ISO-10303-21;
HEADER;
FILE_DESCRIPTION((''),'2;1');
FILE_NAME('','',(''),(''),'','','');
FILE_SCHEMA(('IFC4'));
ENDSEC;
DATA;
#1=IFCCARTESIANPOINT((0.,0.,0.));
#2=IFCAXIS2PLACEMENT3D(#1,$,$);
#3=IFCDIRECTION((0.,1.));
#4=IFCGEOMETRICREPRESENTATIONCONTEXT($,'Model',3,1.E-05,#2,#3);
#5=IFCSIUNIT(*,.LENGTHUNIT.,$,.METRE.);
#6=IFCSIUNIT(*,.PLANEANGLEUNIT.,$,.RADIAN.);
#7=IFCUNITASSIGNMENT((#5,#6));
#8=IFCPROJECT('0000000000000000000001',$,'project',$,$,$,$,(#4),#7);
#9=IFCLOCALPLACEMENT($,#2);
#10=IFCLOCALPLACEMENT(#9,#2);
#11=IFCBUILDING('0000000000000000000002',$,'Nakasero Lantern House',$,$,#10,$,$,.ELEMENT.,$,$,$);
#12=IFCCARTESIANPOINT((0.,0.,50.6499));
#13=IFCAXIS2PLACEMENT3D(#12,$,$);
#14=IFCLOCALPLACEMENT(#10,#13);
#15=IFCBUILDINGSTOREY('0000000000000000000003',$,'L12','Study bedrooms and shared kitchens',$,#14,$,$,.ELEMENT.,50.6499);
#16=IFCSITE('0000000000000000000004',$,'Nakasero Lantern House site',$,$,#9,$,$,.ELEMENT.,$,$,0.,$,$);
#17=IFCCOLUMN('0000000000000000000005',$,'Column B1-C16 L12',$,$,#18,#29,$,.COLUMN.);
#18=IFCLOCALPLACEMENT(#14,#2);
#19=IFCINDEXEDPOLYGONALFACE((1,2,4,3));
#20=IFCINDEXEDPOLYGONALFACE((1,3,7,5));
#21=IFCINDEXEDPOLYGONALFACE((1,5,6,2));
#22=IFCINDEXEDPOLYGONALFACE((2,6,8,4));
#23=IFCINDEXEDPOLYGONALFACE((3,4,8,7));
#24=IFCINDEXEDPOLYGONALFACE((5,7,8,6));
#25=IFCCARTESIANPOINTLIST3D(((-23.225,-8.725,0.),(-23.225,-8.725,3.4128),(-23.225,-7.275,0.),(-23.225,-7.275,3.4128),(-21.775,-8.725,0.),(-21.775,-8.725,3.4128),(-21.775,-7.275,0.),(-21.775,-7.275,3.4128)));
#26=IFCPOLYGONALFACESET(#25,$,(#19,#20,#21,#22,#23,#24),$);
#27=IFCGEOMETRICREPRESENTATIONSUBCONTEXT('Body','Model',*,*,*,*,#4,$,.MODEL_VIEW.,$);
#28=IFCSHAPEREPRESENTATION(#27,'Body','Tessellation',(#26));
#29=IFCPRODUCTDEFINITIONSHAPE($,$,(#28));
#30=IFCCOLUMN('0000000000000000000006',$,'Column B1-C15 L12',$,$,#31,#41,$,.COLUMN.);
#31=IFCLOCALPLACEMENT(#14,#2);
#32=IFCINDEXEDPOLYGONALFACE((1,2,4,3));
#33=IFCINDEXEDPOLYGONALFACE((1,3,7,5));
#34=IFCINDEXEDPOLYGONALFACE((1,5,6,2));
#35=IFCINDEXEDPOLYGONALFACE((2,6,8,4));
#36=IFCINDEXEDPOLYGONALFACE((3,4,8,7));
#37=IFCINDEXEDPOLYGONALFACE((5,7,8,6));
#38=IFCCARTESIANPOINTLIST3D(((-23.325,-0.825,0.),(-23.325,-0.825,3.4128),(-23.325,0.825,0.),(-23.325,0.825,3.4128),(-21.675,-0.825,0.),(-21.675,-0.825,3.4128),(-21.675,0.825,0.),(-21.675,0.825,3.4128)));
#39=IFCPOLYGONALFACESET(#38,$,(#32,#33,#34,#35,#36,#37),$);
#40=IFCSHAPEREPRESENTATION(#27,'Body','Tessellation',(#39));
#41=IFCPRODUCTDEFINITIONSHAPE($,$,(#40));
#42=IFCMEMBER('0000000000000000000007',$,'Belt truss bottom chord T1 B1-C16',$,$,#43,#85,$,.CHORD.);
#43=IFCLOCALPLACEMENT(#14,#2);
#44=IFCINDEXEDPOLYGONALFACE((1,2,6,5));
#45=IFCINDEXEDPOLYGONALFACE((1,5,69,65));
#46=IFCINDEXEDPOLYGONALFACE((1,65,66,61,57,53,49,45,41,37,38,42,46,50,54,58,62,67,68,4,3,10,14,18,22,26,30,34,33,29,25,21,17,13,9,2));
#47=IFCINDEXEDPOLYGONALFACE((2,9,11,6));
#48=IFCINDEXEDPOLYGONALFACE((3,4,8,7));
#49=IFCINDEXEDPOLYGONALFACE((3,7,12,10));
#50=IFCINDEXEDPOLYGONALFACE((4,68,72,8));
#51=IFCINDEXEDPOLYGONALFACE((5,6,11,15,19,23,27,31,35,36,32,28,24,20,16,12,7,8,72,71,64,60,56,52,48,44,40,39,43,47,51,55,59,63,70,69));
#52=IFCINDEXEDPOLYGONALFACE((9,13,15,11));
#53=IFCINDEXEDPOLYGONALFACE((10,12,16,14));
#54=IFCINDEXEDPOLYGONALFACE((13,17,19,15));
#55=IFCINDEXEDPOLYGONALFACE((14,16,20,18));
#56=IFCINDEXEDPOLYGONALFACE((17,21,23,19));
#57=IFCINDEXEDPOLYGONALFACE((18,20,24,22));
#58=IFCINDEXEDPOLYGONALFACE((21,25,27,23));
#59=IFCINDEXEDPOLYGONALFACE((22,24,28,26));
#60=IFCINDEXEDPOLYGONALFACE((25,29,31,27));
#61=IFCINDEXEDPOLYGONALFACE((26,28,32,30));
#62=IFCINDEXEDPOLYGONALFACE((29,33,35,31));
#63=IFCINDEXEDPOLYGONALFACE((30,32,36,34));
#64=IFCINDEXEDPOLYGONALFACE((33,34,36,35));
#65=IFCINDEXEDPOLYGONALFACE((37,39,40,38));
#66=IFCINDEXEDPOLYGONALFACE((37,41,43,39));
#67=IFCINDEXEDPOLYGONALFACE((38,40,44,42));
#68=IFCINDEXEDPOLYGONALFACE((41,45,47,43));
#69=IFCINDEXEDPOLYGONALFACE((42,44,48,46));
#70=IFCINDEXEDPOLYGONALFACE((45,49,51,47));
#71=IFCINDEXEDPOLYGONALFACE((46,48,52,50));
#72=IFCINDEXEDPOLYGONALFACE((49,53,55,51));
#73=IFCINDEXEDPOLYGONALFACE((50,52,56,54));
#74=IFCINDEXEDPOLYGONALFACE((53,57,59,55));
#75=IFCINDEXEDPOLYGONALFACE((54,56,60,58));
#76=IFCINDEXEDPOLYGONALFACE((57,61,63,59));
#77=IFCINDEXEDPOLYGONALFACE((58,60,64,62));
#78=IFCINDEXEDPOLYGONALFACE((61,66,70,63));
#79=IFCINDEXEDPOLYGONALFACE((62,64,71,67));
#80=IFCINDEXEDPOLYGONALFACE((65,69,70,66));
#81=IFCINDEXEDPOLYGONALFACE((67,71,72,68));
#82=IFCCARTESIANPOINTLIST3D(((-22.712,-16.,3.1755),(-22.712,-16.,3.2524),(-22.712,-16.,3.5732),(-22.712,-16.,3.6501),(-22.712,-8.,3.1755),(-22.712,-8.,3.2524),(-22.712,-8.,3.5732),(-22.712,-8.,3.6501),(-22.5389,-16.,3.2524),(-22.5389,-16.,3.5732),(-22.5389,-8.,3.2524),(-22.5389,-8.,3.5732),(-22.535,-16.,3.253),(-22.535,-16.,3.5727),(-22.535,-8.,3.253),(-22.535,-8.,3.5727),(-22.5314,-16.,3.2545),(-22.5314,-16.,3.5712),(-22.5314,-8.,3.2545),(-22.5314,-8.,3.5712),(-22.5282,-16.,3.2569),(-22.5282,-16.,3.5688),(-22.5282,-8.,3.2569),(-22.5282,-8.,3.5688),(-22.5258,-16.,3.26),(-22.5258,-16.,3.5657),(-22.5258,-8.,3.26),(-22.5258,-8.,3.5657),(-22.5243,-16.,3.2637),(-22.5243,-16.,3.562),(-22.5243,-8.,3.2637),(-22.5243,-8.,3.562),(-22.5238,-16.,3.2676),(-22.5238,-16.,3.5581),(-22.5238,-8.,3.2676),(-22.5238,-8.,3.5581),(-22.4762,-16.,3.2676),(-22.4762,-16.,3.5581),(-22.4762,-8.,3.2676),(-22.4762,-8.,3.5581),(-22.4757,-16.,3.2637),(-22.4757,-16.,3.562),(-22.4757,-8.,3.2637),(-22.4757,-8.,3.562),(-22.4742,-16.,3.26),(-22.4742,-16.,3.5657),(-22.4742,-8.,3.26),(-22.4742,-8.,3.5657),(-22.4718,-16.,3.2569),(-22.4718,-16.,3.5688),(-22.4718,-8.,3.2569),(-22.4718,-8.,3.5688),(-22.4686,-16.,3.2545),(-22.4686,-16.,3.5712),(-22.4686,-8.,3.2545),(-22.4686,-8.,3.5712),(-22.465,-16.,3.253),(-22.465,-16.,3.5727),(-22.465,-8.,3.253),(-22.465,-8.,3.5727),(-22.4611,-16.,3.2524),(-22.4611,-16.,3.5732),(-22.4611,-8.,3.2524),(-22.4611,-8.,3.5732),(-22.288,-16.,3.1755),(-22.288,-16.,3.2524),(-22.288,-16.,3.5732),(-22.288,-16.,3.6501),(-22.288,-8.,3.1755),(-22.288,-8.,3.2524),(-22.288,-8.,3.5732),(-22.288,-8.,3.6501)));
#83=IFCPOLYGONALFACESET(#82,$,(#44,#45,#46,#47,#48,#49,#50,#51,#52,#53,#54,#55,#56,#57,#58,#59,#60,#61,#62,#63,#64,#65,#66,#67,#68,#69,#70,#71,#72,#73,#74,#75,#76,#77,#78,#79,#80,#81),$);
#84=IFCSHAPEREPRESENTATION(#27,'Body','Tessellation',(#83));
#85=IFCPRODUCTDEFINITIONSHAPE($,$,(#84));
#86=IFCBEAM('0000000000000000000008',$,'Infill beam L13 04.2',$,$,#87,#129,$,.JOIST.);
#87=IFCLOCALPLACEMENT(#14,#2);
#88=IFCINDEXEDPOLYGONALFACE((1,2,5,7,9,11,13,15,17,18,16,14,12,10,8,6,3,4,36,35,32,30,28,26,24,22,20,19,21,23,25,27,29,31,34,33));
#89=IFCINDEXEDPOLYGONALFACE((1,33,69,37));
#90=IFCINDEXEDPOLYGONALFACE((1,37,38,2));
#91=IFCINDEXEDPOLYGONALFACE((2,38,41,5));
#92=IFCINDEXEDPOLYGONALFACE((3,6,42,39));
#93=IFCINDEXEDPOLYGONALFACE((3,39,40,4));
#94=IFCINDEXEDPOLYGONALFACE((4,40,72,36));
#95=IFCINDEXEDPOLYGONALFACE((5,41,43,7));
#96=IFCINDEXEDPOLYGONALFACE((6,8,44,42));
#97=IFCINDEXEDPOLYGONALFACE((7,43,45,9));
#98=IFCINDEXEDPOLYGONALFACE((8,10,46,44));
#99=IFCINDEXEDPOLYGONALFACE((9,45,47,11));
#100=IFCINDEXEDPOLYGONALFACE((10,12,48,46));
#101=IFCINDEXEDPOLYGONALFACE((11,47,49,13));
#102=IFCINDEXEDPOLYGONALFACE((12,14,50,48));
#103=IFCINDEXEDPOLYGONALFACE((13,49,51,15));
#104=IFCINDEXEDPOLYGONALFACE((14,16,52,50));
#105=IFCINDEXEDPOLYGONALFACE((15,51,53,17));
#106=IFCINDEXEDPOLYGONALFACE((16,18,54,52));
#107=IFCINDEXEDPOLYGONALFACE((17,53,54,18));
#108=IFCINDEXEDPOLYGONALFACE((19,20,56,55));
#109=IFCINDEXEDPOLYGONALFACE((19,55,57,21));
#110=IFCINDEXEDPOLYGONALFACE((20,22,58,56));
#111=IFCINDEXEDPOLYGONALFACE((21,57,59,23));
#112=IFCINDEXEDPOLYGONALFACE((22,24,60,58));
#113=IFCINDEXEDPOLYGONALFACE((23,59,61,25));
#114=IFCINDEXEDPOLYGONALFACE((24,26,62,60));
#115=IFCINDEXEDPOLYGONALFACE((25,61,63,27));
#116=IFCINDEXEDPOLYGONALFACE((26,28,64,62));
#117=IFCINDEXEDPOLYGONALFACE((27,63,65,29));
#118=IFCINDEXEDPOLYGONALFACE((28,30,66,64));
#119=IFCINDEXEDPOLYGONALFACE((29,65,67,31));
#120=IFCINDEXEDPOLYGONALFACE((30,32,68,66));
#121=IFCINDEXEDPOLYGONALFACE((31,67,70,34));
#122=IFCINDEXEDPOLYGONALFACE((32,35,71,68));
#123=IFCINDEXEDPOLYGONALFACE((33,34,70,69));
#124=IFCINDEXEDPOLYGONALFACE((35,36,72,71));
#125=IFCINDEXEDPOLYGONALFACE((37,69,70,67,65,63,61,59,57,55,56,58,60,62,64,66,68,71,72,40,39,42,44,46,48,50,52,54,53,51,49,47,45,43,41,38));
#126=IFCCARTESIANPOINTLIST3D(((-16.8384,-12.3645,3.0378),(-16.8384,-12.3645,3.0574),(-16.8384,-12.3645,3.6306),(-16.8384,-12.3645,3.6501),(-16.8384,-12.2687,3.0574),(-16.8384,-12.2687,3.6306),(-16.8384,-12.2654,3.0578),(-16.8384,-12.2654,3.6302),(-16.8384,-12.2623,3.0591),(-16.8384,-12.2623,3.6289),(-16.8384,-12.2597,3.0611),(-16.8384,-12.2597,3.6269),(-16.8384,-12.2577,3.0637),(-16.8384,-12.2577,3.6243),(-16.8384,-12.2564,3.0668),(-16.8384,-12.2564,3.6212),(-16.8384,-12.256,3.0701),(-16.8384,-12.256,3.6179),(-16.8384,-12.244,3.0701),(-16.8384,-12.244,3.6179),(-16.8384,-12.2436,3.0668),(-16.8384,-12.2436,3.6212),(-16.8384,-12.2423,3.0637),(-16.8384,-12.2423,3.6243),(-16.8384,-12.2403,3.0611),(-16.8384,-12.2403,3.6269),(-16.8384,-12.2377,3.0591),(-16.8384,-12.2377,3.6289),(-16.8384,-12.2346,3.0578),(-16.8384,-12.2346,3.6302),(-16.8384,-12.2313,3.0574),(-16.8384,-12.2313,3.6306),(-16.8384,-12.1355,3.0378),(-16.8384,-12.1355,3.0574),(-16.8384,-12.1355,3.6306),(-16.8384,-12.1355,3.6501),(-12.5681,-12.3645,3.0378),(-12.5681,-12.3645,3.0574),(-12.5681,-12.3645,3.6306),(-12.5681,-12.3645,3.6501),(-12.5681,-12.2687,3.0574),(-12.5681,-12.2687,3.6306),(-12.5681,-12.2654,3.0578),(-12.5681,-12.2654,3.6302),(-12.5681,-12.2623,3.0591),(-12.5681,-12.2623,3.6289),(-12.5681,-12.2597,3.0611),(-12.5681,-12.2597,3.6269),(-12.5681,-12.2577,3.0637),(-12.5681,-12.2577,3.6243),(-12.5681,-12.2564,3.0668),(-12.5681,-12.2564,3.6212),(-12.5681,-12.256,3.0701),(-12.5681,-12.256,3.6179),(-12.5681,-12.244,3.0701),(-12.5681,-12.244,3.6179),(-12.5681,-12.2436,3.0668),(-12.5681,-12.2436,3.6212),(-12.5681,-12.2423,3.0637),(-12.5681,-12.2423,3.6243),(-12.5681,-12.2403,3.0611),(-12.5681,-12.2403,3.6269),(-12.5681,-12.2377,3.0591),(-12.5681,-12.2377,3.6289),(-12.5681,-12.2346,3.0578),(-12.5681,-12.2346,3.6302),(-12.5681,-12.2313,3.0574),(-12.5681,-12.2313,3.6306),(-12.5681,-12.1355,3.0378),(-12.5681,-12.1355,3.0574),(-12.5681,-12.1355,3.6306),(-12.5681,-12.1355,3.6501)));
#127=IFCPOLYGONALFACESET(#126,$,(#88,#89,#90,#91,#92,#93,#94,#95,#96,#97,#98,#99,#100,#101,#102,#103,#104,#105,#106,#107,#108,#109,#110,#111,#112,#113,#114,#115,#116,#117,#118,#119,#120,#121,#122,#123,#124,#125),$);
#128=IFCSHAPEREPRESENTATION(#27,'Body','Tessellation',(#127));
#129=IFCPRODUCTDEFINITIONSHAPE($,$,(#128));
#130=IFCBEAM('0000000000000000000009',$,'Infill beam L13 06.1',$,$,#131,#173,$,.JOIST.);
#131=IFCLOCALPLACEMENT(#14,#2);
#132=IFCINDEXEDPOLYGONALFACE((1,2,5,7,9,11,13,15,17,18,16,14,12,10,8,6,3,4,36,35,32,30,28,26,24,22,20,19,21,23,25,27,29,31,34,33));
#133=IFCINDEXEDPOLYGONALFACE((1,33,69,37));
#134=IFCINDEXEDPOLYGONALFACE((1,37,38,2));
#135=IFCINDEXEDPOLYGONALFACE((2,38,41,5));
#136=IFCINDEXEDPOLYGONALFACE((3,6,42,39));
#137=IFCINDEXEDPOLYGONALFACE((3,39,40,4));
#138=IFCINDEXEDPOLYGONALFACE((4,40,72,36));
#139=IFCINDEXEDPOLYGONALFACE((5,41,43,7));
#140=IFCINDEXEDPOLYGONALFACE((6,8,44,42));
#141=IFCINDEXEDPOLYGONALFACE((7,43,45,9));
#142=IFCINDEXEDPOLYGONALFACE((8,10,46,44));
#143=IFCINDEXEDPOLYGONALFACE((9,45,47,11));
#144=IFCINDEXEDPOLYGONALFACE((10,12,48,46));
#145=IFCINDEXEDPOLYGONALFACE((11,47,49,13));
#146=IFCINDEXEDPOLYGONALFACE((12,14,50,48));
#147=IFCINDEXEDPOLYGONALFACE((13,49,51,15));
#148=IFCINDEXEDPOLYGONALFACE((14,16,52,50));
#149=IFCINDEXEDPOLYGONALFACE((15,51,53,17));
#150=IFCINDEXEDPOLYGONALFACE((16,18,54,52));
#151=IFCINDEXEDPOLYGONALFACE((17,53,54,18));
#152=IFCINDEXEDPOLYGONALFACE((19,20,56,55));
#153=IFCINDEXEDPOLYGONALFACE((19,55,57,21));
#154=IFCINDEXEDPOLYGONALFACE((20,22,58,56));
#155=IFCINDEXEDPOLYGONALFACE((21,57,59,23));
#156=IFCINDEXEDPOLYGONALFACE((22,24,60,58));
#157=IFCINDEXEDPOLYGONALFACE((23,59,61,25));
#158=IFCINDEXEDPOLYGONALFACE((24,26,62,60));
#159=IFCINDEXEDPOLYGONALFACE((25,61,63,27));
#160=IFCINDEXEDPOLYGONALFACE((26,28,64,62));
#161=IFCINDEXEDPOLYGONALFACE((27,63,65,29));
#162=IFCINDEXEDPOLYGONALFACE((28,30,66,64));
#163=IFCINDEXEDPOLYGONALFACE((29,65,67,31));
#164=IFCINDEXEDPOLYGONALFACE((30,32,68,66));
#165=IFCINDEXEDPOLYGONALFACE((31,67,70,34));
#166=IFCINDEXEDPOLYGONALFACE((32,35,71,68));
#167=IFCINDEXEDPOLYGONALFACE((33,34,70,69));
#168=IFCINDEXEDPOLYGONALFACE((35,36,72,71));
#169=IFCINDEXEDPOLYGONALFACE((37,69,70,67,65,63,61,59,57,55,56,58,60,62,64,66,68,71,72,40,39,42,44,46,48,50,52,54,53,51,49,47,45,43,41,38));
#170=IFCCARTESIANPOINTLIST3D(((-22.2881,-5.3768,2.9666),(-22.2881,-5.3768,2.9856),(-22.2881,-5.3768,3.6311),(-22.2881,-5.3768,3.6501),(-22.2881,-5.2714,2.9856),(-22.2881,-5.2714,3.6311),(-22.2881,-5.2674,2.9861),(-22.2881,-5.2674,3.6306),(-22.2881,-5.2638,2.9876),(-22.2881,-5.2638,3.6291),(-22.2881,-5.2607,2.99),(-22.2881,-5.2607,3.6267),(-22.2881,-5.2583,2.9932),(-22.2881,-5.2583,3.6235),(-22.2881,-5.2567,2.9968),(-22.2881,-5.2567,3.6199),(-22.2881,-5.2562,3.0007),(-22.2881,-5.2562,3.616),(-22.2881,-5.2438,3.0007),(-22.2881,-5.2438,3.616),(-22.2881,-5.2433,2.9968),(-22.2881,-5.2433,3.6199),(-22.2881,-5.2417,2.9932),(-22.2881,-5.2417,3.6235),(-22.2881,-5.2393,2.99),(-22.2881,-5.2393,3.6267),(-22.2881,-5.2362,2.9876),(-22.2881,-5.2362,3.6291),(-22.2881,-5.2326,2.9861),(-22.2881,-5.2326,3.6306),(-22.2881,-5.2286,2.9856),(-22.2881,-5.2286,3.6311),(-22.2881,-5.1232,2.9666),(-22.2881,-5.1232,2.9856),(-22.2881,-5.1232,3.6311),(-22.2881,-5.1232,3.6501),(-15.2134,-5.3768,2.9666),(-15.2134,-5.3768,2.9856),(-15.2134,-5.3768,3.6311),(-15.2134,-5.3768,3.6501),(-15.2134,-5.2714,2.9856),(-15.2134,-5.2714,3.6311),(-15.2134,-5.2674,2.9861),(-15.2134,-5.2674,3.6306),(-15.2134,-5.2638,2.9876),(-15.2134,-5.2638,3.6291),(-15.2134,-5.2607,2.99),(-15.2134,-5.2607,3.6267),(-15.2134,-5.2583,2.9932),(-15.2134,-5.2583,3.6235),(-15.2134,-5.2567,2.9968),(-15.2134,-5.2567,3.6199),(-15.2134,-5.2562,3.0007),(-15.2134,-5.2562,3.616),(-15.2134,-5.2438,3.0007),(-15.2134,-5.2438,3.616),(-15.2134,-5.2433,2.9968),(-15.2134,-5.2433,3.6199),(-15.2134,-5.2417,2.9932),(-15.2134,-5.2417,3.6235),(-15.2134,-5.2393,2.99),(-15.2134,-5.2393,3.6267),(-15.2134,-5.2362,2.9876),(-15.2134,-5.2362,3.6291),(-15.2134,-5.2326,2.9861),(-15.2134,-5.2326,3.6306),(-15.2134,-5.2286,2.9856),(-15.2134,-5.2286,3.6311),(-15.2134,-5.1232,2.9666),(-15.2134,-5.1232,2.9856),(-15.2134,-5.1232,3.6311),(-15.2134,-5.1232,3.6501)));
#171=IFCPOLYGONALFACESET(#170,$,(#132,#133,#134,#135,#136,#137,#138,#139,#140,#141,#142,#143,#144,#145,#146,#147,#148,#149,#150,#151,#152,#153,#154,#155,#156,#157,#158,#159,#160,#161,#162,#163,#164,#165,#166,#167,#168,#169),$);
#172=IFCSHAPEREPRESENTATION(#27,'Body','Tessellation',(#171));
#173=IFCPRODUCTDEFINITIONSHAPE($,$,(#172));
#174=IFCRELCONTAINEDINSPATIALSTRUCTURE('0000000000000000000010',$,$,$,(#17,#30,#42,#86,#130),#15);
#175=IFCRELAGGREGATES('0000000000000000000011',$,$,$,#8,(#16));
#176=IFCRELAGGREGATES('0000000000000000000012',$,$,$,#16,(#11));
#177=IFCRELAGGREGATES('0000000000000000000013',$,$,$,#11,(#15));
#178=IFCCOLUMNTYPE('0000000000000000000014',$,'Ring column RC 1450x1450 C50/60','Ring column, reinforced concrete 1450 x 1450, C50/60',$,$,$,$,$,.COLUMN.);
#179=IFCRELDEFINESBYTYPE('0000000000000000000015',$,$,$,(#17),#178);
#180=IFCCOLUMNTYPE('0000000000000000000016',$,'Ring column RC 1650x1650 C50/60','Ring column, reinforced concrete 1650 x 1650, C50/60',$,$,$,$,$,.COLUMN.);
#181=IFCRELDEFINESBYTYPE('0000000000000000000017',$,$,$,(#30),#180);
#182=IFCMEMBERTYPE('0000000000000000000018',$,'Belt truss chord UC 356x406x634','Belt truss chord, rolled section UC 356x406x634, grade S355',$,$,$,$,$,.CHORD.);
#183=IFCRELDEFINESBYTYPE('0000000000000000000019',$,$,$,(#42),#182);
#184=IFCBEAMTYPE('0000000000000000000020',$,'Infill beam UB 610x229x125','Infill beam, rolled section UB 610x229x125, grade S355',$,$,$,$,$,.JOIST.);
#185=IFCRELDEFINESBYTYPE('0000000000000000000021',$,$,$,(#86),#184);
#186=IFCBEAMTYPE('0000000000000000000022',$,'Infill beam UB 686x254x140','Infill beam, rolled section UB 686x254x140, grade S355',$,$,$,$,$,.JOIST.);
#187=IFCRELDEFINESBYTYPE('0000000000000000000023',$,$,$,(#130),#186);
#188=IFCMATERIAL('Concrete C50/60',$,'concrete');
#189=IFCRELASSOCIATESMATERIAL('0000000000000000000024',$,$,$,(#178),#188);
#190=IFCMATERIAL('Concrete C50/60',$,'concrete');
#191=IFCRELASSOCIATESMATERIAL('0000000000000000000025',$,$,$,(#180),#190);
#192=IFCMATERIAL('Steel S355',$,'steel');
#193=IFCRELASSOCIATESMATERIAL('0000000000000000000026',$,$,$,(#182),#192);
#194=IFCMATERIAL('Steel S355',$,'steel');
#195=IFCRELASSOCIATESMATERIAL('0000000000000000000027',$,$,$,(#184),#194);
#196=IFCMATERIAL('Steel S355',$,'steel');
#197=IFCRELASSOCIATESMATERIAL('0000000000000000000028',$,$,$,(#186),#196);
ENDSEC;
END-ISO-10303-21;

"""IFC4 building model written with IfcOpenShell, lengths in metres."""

from ifc_helpers import new_model, si_unit, direction, frame, origin, origin_2d, place, context, subcontext, project, spatial, rectangle, i_section, extrude, material, material_profile, profile_set, type_object, element, save


model = new_model("IFC4")

# Units and contexts
model_context = context("Model", 3, precision=1e-05, world=origin(), true_north=direction((0.0, 1.0)))
body_context = subcontext(model_context, "Body", "Model", "MODEL_VIEW")
ifc_project = project(units=[si_unit("LENGTHUNIT", "METRE"), si_unit("PLANEANGLEUNIT", "RADIAN")], contexts=[model_context])

# Site, building, storey
site_placement = place(None, origin())
site = spatial("IfcSite", under=ifc_project, at=site_placement, Name="Nakasero Lantern House site", CompositionType="ELEMENT", RefElevation=0.0)
building_placement = place(site_placement, origin())
building = spatial("IfcBuilding", under=site, at=building_placement, Name="Nakasero Lantern House", CompositionType="ELEMENT")
storey_placement = place(building_placement, frame((0.0, 0.0, 50.6499)))
storey = spatial("IfcBuildingStorey", under=building, at=storey_placement, Name="L12", Description="Study bedrooms and shared kitchens", CompositionType="ELEMENT", Elevation=50.6499)

# Columns
ifc_material_1 = material(Name="Concrete C50/60", Category="concrete")
ifc_material_profile_1 = material_profile(ifc_material_1, rectangle(XDim=1.45, YDim=1.45, at=origin_2d()), Name="RC 1450x1450")
ifc_profile_set_1 = profile_set([ifc_material_profile_1], Name="Concrete C50/60")
column_type_1 = type_object("IfcColumnType", Name="Ring column RC 1450x1450 C50/60", Description="Ring column, reinforced concrete 1450 x 1450, C50/60", PredefinedType="COLUMN", material=ifc_profile_set_1)
column_1_placement = place(storey_placement, frame((-22.5, -8.0, 0.0), z_axis=(0.0, 0.0, 1.0), x_axis=(1.0, 0.0, 0.0)))
element("IfcColumn", 1, at=column_1_placement, inside=storey, type_object=column_type_1, Name="Column B1-C16 L12", PredefinedType="COLUMN", context=body_context, shape_type="SweptSolid", body=[
    extrude(rectangle(XDim=1.45, YDim=1.45, at=origin_2d()), origin(), (0.0, 0.0, 1.0), 3.4128),
])
ifc_material_2 = material(Name="Concrete C50/60", Category="concrete")
ifc_material_profile_2 = material_profile(ifc_material_2, rectangle(XDim=1.6499, YDim=1.6499, at=origin_2d()), Name="RC 1650x1650")
ifc_profile_set_2 = profile_set([ifc_material_profile_2], Name="Concrete C50/60")
column_type_2 = type_object("IfcColumnType", Name="Ring column RC 1650x1650 C50/60", Description="Ring column, reinforced concrete 1650 x 1650, C50/60", PredefinedType="COLUMN", material=ifc_profile_set_2)
column_2_placement = place(storey_placement, frame((-22.5, 0.0, 0.0), z_axis=(0.0, 0.0, 1.0), x_axis=(1.0, 0.0, 0.0)))
element("IfcColumn", 2, at=column_2_placement, inside=storey, type_object=column_type_2, Name="Column B1-C15 L12", PredefinedType="COLUMN", context=body_context, shape_type="SweptSolid", body=[
    extrude(rectangle(XDim=1.6499, YDim=1.6499, at=origin_2d()), origin(), (0.0, 0.0, 1.0), 3.4128),
])

# Member
ifc_material_3 = material(Name="Steel S355", Category="steel")
ifc_material_profile_3 = material_profile(ifc_material_3, i_section(OverallWidth=0.4241, OverallDepth=0.4746, WebThickness=0.0476, FlangeThickness=0.0769, FilletRadius=0.0151, at=origin_2d()), Name="UC 356x406x634")
ifc_profile_set_3 = profile_set([ifc_material_profile_3], Name="Steel S355")
member_type = type_object("IfcMemberType", Name="Belt truss chord UC 356x406x634", Description="Belt truss chord, rolled section UC 356x406x634, grade S355", PredefinedType="CHORD", material=ifc_profile_set_3)
member_placement = place(storey_placement, frame((-22.5, -8.0, 3.4128), z_axis=(0.0, -1.0, 0.0), x_axis=(1.0, 0.0, 0.0)))
element("IfcMember", 3, at=member_placement, inside=storey, type_object=member_type, Name="Belt truss bottom chord T1 B1-C16", PredefinedType="CHORD", context=body_context, shape_type="SweptSolid", body=[
    extrude(i_section(OverallWidth=0.4241, OverallDepth=0.4746, WebThickness=0.0476, FlangeThickness=0.0769, FilletRadius=0.0151, at=origin_2d()), origin(), (0.0, 0.0, 1.0), 8.0),
])

# Beams
ifc_material_4 = material(Name="Steel S355", Category="steel")
ifc_material_profile_4 = material_profile(ifc_material_4, i_section(OverallWidth=0.229, OverallDepth=0.6123, WebThickness=0.012, FlangeThickness=0.0195, FilletRadius=0.0127, at=origin_2d()), Name="UB 610x229x125")
ifc_profile_set_4 = profile_set([ifc_material_profile_4], Name="Steel S355")
beam_type_1 = type_object("IfcBeamType", Name="Infill beam UB 610x229x125", Description="Infill beam, rolled section UB 610x229x125, grade S355", PredefinedType="JOIST", material=ifc_profile_set_4)
beam_1_placement = place(storey_placement, frame((-16.8384, -12.25, 3.344), z_axis=(1.0, 0.0, 0.0), x_axis=(0.0, 1.0, 0.0)))
element("IfcBeam", 4, at=beam_1_placement, inside=storey, type_object=beam_type_1, Name="Infill beam L13 04.2", PredefinedType="JOIST", context=body_context, shape_type="SweptSolid", body=[
    extrude(i_section(OverallWidth=0.229, OverallDepth=0.6123, WebThickness=0.012, FlangeThickness=0.0195, FilletRadius=0.0127, at=origin_2d()), origin(), (0.0, 0.0, 1.0), 4.2703),
])
ifc_material_5 = material(Name="Steel S355", Category="steel")
ifc_material_profile_5 = material_profile(ifc_material_5, i_section(OverallWidth=0.2537, OverallDepth=0.6836, WebThickness=0.0125, FlangeThickness=0.019, FilletRadius=0.0151, at=origin_2d()), Name="UB 686x254x140")
ifc_profile_set_5 = profile_set([ifc_material_profile_5], Name="Steel S355")
beam_type_2 = type_object("IfcBeamType", Name="Infill beam UB 686x254x140", Description="Infill beam, rolled section UB 686x254x140, grade S355", PredefinedType="JOIST", material=ifc_profile_set_5)
beam_2_placement = place(storey_placement, frame((-22.2881, -5.25, 3.3083), z_axis=(1.0, 0.0, 0.0), x_axis=(0.0, 1.0, 0.0)))
element("IfcBeam", 5, at=beam_2_placement, inside=storey, type_object=beam_type_2, Name="Infill beam L13 06.1", PredefinedType="JOIST", context=body_context, shape_type="SweptSolid", body=[
    extrude(i_section(OverallWidth=0.2537, OverallDepth=0.6836, WebThickness=0.0125, FlangeThickness=0.019, FilletRadius=0.0151, at=origin_2d()), origin(), (0.0, 0.0, 1.0), 7.0747),
])

save(model, "model.ifc")
